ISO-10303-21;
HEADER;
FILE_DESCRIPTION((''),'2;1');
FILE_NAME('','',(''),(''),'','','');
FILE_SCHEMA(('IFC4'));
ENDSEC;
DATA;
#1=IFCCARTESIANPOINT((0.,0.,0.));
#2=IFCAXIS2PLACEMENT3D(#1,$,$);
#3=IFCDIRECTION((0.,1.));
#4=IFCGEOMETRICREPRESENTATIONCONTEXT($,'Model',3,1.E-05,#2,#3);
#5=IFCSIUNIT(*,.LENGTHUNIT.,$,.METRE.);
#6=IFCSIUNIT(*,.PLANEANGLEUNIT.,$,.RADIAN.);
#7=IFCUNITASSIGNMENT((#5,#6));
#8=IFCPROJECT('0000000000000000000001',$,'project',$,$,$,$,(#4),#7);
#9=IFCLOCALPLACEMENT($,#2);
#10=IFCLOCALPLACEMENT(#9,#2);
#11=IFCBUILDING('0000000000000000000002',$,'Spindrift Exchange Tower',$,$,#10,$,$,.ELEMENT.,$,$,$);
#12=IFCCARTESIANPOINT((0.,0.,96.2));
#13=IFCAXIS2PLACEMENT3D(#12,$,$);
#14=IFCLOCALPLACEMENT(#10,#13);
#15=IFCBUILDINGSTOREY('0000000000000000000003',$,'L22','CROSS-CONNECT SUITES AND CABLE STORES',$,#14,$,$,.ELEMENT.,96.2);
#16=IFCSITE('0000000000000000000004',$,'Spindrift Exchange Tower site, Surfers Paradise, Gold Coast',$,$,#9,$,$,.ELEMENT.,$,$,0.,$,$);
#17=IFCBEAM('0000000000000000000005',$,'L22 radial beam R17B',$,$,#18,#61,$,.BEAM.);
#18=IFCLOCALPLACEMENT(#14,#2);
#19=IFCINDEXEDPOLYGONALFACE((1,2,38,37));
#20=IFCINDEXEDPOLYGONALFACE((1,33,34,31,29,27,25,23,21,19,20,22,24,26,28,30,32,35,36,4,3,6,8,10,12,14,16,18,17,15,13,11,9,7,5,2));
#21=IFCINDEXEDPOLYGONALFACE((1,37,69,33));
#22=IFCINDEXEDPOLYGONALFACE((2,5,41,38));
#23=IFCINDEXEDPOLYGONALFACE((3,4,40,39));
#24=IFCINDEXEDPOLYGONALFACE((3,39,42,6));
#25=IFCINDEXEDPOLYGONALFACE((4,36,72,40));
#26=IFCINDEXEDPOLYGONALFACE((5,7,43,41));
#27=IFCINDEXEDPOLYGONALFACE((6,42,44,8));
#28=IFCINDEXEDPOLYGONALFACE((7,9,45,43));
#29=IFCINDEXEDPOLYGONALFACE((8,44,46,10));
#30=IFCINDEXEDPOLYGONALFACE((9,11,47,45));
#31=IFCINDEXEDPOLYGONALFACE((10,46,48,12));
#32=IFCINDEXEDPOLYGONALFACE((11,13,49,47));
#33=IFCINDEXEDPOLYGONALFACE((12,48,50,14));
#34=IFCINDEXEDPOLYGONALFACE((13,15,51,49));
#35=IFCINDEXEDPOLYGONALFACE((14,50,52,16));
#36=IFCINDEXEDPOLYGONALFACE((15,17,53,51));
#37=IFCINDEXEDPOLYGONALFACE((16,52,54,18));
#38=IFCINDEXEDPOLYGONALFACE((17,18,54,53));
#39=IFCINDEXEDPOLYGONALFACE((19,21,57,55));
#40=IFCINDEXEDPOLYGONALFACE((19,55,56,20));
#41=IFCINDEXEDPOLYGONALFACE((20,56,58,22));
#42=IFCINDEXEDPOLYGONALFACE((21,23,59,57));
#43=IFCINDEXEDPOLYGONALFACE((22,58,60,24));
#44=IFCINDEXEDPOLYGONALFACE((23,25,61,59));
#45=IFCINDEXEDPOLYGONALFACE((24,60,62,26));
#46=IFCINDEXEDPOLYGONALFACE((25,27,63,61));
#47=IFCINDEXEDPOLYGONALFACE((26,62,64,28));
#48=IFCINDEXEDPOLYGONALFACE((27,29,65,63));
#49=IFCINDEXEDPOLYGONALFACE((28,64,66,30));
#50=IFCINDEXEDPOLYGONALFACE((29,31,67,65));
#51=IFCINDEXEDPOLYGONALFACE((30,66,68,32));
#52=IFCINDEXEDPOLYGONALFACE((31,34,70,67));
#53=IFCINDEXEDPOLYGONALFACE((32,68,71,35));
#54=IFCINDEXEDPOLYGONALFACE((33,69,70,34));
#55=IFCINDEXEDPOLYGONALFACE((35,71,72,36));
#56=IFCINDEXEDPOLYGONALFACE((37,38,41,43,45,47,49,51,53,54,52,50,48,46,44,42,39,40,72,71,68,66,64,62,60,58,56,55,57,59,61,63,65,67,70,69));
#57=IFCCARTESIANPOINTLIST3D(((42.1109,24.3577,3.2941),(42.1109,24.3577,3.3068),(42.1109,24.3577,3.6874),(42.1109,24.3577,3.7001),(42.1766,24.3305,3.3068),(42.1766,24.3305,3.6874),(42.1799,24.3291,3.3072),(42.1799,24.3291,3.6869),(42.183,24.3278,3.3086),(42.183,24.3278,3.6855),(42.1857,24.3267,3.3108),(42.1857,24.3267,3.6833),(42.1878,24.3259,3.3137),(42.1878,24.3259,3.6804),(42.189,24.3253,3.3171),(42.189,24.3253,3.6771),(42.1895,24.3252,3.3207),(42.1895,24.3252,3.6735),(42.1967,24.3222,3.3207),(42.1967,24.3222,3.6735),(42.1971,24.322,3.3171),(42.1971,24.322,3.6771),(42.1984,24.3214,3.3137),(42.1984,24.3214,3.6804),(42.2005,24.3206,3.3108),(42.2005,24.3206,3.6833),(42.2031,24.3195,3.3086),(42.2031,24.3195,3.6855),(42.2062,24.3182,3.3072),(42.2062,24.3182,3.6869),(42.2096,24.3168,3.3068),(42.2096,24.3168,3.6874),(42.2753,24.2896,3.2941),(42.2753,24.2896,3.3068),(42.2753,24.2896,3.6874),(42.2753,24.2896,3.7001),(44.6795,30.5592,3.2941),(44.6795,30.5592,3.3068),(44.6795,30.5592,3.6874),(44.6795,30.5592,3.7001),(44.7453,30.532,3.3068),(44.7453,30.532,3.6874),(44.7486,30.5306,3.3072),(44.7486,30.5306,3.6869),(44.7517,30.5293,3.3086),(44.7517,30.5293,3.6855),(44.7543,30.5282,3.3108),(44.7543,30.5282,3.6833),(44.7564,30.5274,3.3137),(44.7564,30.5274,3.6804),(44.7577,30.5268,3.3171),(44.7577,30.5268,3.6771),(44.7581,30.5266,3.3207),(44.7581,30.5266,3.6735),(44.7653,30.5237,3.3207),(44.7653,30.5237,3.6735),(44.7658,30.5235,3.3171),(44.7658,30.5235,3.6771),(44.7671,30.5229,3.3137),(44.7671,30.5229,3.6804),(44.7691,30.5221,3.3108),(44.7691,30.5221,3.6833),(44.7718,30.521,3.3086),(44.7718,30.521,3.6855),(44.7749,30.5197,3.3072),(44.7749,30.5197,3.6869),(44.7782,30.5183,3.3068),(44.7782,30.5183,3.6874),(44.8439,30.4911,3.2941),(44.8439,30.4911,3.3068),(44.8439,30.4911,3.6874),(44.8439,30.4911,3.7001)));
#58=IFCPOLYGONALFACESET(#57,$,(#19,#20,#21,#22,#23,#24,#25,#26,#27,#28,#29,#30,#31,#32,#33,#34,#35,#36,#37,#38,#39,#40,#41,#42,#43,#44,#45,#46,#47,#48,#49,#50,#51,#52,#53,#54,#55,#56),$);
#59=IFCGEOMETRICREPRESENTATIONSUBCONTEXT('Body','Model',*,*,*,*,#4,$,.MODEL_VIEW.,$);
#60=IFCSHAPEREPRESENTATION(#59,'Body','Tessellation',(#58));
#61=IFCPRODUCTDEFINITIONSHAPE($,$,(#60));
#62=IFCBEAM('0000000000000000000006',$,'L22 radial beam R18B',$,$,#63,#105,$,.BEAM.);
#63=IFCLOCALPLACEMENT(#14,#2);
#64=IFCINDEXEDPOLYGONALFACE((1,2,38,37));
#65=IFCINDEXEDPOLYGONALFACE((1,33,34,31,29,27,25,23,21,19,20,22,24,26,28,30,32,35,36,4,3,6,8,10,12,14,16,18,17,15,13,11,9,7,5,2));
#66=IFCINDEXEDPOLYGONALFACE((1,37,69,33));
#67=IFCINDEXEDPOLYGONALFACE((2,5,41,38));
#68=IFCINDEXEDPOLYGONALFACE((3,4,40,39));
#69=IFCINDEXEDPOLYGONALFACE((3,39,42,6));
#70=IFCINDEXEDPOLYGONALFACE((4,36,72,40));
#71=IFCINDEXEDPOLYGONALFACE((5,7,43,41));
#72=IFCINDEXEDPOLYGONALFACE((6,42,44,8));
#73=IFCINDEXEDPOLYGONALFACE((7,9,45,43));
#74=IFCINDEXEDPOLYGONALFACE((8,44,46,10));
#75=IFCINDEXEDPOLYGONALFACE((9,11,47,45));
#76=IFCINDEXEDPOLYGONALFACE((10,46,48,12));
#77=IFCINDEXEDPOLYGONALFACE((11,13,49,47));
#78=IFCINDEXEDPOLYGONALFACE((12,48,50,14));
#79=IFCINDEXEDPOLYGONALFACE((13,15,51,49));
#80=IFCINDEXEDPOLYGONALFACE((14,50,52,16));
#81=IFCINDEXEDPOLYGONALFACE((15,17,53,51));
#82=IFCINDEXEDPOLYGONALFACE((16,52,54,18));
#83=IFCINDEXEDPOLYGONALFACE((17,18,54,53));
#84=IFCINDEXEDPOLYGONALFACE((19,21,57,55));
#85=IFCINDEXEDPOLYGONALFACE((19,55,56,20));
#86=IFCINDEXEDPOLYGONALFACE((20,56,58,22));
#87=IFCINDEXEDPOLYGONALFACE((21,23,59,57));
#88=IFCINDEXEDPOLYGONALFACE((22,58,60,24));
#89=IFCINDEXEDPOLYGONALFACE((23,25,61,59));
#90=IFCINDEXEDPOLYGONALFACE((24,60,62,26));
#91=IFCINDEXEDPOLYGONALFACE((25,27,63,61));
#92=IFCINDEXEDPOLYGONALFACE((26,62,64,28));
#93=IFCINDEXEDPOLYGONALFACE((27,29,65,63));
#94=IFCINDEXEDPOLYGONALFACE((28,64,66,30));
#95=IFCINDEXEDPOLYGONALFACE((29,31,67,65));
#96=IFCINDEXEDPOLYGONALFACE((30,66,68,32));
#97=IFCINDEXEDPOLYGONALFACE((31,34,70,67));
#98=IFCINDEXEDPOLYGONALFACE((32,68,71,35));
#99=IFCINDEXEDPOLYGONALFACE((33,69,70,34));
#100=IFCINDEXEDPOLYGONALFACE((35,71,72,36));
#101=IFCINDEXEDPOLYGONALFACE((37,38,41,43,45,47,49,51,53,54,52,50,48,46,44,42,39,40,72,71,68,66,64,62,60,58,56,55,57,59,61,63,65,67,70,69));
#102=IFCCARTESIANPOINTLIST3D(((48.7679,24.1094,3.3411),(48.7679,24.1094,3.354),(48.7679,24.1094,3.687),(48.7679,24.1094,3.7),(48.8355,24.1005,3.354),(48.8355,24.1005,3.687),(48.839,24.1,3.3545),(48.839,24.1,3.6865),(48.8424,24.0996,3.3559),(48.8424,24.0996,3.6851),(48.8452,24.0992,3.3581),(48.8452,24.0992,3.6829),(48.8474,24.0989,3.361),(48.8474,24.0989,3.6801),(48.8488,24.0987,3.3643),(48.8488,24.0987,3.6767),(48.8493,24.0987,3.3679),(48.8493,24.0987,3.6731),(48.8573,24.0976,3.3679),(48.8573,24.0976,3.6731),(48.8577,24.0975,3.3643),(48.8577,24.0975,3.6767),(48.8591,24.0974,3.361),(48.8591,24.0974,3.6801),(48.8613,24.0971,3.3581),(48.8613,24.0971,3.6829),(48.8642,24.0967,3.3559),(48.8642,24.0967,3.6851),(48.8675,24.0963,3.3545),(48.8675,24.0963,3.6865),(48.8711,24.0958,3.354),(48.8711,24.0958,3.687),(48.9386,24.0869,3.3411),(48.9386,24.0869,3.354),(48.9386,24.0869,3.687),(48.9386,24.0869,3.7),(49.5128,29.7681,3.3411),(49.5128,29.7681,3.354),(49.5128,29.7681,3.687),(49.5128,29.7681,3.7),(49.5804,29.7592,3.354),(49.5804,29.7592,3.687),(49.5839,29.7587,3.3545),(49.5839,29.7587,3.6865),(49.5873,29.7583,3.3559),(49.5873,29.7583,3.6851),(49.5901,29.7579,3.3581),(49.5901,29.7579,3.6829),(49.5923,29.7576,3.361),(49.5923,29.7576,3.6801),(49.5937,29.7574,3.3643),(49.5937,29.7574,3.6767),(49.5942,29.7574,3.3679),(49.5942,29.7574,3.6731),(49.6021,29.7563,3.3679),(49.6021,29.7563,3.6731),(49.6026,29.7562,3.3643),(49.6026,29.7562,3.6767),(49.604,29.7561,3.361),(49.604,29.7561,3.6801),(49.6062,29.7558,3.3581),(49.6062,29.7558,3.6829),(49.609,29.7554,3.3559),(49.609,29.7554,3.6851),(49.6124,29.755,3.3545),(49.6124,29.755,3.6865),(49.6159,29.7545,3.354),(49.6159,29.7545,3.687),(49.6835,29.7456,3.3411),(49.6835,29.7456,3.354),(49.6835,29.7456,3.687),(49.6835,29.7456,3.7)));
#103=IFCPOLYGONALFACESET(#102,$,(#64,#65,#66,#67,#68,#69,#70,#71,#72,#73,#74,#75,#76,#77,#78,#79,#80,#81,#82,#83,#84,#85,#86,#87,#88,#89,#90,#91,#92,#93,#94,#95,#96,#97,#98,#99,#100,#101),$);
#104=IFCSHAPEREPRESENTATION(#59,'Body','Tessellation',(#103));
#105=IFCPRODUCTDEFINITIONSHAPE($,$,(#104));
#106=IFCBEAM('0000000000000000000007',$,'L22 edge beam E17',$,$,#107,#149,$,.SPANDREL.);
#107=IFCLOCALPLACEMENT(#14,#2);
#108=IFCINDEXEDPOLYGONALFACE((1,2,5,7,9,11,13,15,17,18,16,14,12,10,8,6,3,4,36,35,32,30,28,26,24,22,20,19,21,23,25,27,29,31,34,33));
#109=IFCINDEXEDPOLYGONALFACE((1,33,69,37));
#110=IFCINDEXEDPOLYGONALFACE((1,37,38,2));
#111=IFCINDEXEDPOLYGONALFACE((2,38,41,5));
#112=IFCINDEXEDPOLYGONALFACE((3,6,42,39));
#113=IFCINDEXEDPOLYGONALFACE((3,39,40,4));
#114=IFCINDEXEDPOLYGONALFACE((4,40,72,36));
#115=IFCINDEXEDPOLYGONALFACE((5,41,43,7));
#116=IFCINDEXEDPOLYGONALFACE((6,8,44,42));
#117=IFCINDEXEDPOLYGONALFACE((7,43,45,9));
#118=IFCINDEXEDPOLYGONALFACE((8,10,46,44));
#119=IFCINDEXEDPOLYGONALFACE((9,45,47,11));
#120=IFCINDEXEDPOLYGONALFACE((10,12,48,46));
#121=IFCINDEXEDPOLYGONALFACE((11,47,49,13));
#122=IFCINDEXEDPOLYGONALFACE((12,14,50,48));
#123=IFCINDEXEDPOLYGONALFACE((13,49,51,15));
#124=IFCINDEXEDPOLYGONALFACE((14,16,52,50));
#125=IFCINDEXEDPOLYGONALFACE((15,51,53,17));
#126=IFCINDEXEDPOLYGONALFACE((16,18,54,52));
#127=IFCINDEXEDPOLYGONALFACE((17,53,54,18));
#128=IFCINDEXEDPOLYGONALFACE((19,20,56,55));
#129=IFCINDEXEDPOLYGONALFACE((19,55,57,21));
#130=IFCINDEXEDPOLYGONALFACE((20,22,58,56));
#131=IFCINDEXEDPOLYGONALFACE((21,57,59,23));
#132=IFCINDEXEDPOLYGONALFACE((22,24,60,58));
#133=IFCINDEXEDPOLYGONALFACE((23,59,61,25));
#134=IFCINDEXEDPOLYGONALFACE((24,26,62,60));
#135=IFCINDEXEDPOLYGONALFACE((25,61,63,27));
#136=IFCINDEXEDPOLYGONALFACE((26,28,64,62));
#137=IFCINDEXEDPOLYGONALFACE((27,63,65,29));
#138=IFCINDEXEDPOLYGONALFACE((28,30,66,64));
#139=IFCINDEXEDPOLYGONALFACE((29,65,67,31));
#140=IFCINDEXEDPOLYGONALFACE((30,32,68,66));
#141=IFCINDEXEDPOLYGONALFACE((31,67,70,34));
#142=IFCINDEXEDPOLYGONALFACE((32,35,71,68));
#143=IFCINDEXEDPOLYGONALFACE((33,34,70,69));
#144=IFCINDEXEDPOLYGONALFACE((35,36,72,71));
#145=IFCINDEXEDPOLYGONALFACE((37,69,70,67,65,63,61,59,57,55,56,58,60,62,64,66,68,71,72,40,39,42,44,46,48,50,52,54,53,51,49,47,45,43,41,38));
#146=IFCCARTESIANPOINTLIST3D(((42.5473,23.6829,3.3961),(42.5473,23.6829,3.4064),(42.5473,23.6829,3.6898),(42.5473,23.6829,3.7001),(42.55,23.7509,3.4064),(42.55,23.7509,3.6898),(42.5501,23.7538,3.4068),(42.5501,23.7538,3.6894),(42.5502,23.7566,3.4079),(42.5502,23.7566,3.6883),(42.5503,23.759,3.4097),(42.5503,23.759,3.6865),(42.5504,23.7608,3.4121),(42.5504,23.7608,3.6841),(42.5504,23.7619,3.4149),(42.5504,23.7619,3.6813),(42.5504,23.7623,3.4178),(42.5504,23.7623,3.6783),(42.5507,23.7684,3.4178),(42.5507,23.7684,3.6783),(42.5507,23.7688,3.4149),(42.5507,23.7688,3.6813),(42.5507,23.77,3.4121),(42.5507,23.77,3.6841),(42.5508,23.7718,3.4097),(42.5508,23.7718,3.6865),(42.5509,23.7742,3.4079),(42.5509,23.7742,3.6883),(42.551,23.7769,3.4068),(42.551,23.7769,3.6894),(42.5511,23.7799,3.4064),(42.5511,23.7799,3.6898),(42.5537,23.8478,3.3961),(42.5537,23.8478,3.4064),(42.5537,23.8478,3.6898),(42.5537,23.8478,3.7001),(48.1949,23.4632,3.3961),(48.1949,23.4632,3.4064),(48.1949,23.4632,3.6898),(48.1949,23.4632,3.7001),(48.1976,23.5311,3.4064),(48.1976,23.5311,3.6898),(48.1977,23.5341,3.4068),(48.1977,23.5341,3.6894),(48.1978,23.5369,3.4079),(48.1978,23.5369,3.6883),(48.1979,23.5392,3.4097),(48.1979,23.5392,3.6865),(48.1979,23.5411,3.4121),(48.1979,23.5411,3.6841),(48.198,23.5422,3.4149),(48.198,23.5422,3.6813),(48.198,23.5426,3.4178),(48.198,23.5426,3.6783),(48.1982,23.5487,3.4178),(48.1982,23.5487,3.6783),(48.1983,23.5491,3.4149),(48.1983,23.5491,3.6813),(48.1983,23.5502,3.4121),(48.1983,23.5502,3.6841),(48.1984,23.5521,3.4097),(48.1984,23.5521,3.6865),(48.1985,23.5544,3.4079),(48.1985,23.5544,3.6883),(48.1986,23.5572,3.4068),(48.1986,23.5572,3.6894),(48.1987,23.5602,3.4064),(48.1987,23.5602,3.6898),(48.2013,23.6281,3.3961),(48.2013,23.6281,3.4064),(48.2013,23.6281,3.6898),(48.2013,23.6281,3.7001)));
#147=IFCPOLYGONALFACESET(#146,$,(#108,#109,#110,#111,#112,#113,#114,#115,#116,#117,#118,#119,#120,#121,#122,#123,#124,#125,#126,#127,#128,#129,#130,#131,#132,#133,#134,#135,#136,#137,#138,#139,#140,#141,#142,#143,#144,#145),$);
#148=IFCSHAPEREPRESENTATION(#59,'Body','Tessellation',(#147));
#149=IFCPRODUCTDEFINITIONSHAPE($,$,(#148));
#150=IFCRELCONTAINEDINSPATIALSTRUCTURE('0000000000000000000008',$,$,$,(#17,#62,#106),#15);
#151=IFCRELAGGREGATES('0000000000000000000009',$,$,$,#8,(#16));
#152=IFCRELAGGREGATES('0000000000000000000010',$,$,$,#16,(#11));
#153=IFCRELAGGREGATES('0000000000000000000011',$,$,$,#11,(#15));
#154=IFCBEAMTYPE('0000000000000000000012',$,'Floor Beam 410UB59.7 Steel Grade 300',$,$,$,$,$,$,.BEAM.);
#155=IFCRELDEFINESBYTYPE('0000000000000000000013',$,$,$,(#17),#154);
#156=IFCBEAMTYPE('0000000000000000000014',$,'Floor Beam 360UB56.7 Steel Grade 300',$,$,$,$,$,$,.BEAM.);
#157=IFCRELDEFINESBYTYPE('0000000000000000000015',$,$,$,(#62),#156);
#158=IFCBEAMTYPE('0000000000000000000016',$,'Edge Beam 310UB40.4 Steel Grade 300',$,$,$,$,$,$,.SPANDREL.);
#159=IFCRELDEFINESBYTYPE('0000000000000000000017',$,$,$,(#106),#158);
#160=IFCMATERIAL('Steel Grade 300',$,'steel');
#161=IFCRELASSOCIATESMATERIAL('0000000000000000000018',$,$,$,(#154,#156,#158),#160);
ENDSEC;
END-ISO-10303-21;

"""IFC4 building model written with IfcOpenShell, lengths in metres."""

from ifc_helpers import new_model, si_unit, direction, frame, origin, origin_2d, place, context, subcontext, project, spatial, i_section, extrude, source, transform, mapped, material, material_profile, profile_set, type_object, element, save


model = new_model("IFC4")

# Units and contexts
model_context = context("Model", 3, precision=1e-05, world=origin(), true_north=direction((0.0, 1.0)))
body_context = subcontext(model_context, "Body", "Model", "MODEL_VIEW")
ifc_project = project(units=[si_unit("LENGTHUNIT", "METRE"), si_unit("PLANEANGLEUNIT", "RADIAN")], contexts=[model_context])

# Site, building, storey
site_placement = place(None, origin())
site = spatial("IfcSite", under=ifc_project, at=site_placement, Name="Spindrift Exchange Tower site, Surfers Paradise, Gold Coast", CompositionType="ELEMENT", RefElevation=0.0)
building_placement = place(site_placement, origin())
building = spatial("IfcBuilding", under=site, at=building_placement, Name="Spindrift Exchange Tower", CompositionType="ELEMENT")
storey_placement = place(building_placement, frame((0.0, 0.0, 96.2)))
storey = spatial("IfcBuildingStorey", under=building, at=storey_placement, Name="L22", Description="CROSS-CONNECT SUITES AND CABLE STORES", CompositionType="ELEMENT", Elevation=96.2)

# Beams
ifc_material_1 = material(Name="Steel Grade 300", Category="steel")
ifc_material_profile_1 = material_profile(ifc_material_1, i_section(OverallWidth=0.178, OverallDepth=0.406, WebThickness=0.0078, FlangeThickness=0.0127, FilletRadius=0.0139, at=origin_2d()), Name="410UB59.7")
ifc_profile_set_1 = profile_set([ifc_material_profile_1], Name="Steel Grade 300")
beam_type_1 = type_object("IfcBeamType", Name="Floor Beam 410UB59.7 Steel Grade 300", PredefinedType="BEAM", material=ifc_profile_set_1)
shared_shape_1 = source(origin(), body_context, "Body", "SweptSolid", [
    extrude(i_section(OverallWidth=0.178, OverallDepth=0.406, WebThickness=0.0078, FlangeThickness=0.0127, FilletRadius=0.0139, at=origin_2d()), origin(), (0.0, 0.0, 1.0), 6.7124),
])
beam_1_placement = place(storey_placement, frame((44.7617, 30.5251, 3.4971), z_axis=(-0.38267, -0.923885, 0.0), x_axis=(0.923885, -0.38267, 0.0)))
element("IfcBeam", 1, at=beam_1_placement, inside=storey, type_object=beam_type_1, Name="L22 radial beam R17B", PredefinedType="BEAM", context=body_context, shape_type="MappedRepresentation", body=[
    mapped(shared_shape_1, transform((0.0, 0.0, 0.0), scale=1.0)),
])
ifc_material_profile_2 = material_profile(ifc_material_1, i_section(OverallWidth=0.1721, OverallDepth=0.3589, WebThickness=0.0081, FlangeThickness=0.0129, FilletRadius=0.0139, at=origin_2d()), Name="360UB56.7")
ifc_profile_set_2 = profile_set([ifc_material_profile_2], Name="Steel Grade 300")
beam_type_2 = type_object("IfcBeamType", Name="Floor Beam 360UB56.7 Steel Grade 300", PredefinedType="BEAM", material=ifc_profile_set_2)
shared_shape_2 = source(origin(), body_context, "Body", "SweptSolid", [
    extrude(i_section(OverallWidth=0.1721, OverallDepth=0.3589, WebThickness=0.0081, FlangeThickness=0.0129, FilletRadius=0.0139, at=origin_2d()), origin(), (0.0, 0.0, 1.0), 5.7075),
])
beam_2_placement = place(storey_placement, frame((49.5981, 29.7568, 3.5205), z_axis=(-0.130508, -0.991447, 0.0), x_axis=(0.991447, -0.130508, 0.0)))
element("IfcBeam", 2, at=beam_2_placement, inside=storey, type_object=beam_type_2, Name="L22 radial beam R18B", PredefinedType="BEAM", context=body_context, shape_type="MappedRepresentation", body=[
    mapped(shared_shape_2, transform((0.0, 0.0, 0.0), scale=1.0)),
])
ifc_material_profile_3 = material_profile(ifc_material_1, i_section(OverallWidth=0.165, OverallDepth=0.304, WebThickness=0.0061, FlangeThickness=0.0103, FilletRadius=0.0115, at=origin_2d()), Name="310UB40.4")
ifc_profile_set_3 = profile_set([ifc_material_profile_3], Name="Steel Grade 300")
beam_type_3 = type_object("IfcBeamType", Name="Edge Beam 310UB40.4 Steel Grade 300", PredefinedType="SPANDREL", material=ifc_profile_set_3)
shared_shape_3 = source(origin(), body_context, "Body", "SweptSolid", [
    extrude(i_section(OverallWidth=0.165, OverallDepth=0.304, WebThickness=0.0061, FlangeThickness=0.0103, FilletRadius=0.0115, at=origin_2d()), origin(), (0.0, 0.0, 1.0), 5.6519),
])
beam_3_placement = place(storey_placement, frame((42.5505, 23.7654, 3.5481), z_axis=(0.999244, -0.038878, 0.0), x_axis=(0.038878, 0.999244, 0.0)))
element("IfcBeam", 3, at=beam_3_placement, inside=storey, type_object=beam_type_3, Name="L22 edge beam E17", PredefinedType="SPANDREL", context=body_context, shape_type="MappedRepresentation", body=[
    mapped(shared_shape_3, transform((0.0, 0.0, 0.0), scale=1.0)),
])

save(model, "model.ifc")
